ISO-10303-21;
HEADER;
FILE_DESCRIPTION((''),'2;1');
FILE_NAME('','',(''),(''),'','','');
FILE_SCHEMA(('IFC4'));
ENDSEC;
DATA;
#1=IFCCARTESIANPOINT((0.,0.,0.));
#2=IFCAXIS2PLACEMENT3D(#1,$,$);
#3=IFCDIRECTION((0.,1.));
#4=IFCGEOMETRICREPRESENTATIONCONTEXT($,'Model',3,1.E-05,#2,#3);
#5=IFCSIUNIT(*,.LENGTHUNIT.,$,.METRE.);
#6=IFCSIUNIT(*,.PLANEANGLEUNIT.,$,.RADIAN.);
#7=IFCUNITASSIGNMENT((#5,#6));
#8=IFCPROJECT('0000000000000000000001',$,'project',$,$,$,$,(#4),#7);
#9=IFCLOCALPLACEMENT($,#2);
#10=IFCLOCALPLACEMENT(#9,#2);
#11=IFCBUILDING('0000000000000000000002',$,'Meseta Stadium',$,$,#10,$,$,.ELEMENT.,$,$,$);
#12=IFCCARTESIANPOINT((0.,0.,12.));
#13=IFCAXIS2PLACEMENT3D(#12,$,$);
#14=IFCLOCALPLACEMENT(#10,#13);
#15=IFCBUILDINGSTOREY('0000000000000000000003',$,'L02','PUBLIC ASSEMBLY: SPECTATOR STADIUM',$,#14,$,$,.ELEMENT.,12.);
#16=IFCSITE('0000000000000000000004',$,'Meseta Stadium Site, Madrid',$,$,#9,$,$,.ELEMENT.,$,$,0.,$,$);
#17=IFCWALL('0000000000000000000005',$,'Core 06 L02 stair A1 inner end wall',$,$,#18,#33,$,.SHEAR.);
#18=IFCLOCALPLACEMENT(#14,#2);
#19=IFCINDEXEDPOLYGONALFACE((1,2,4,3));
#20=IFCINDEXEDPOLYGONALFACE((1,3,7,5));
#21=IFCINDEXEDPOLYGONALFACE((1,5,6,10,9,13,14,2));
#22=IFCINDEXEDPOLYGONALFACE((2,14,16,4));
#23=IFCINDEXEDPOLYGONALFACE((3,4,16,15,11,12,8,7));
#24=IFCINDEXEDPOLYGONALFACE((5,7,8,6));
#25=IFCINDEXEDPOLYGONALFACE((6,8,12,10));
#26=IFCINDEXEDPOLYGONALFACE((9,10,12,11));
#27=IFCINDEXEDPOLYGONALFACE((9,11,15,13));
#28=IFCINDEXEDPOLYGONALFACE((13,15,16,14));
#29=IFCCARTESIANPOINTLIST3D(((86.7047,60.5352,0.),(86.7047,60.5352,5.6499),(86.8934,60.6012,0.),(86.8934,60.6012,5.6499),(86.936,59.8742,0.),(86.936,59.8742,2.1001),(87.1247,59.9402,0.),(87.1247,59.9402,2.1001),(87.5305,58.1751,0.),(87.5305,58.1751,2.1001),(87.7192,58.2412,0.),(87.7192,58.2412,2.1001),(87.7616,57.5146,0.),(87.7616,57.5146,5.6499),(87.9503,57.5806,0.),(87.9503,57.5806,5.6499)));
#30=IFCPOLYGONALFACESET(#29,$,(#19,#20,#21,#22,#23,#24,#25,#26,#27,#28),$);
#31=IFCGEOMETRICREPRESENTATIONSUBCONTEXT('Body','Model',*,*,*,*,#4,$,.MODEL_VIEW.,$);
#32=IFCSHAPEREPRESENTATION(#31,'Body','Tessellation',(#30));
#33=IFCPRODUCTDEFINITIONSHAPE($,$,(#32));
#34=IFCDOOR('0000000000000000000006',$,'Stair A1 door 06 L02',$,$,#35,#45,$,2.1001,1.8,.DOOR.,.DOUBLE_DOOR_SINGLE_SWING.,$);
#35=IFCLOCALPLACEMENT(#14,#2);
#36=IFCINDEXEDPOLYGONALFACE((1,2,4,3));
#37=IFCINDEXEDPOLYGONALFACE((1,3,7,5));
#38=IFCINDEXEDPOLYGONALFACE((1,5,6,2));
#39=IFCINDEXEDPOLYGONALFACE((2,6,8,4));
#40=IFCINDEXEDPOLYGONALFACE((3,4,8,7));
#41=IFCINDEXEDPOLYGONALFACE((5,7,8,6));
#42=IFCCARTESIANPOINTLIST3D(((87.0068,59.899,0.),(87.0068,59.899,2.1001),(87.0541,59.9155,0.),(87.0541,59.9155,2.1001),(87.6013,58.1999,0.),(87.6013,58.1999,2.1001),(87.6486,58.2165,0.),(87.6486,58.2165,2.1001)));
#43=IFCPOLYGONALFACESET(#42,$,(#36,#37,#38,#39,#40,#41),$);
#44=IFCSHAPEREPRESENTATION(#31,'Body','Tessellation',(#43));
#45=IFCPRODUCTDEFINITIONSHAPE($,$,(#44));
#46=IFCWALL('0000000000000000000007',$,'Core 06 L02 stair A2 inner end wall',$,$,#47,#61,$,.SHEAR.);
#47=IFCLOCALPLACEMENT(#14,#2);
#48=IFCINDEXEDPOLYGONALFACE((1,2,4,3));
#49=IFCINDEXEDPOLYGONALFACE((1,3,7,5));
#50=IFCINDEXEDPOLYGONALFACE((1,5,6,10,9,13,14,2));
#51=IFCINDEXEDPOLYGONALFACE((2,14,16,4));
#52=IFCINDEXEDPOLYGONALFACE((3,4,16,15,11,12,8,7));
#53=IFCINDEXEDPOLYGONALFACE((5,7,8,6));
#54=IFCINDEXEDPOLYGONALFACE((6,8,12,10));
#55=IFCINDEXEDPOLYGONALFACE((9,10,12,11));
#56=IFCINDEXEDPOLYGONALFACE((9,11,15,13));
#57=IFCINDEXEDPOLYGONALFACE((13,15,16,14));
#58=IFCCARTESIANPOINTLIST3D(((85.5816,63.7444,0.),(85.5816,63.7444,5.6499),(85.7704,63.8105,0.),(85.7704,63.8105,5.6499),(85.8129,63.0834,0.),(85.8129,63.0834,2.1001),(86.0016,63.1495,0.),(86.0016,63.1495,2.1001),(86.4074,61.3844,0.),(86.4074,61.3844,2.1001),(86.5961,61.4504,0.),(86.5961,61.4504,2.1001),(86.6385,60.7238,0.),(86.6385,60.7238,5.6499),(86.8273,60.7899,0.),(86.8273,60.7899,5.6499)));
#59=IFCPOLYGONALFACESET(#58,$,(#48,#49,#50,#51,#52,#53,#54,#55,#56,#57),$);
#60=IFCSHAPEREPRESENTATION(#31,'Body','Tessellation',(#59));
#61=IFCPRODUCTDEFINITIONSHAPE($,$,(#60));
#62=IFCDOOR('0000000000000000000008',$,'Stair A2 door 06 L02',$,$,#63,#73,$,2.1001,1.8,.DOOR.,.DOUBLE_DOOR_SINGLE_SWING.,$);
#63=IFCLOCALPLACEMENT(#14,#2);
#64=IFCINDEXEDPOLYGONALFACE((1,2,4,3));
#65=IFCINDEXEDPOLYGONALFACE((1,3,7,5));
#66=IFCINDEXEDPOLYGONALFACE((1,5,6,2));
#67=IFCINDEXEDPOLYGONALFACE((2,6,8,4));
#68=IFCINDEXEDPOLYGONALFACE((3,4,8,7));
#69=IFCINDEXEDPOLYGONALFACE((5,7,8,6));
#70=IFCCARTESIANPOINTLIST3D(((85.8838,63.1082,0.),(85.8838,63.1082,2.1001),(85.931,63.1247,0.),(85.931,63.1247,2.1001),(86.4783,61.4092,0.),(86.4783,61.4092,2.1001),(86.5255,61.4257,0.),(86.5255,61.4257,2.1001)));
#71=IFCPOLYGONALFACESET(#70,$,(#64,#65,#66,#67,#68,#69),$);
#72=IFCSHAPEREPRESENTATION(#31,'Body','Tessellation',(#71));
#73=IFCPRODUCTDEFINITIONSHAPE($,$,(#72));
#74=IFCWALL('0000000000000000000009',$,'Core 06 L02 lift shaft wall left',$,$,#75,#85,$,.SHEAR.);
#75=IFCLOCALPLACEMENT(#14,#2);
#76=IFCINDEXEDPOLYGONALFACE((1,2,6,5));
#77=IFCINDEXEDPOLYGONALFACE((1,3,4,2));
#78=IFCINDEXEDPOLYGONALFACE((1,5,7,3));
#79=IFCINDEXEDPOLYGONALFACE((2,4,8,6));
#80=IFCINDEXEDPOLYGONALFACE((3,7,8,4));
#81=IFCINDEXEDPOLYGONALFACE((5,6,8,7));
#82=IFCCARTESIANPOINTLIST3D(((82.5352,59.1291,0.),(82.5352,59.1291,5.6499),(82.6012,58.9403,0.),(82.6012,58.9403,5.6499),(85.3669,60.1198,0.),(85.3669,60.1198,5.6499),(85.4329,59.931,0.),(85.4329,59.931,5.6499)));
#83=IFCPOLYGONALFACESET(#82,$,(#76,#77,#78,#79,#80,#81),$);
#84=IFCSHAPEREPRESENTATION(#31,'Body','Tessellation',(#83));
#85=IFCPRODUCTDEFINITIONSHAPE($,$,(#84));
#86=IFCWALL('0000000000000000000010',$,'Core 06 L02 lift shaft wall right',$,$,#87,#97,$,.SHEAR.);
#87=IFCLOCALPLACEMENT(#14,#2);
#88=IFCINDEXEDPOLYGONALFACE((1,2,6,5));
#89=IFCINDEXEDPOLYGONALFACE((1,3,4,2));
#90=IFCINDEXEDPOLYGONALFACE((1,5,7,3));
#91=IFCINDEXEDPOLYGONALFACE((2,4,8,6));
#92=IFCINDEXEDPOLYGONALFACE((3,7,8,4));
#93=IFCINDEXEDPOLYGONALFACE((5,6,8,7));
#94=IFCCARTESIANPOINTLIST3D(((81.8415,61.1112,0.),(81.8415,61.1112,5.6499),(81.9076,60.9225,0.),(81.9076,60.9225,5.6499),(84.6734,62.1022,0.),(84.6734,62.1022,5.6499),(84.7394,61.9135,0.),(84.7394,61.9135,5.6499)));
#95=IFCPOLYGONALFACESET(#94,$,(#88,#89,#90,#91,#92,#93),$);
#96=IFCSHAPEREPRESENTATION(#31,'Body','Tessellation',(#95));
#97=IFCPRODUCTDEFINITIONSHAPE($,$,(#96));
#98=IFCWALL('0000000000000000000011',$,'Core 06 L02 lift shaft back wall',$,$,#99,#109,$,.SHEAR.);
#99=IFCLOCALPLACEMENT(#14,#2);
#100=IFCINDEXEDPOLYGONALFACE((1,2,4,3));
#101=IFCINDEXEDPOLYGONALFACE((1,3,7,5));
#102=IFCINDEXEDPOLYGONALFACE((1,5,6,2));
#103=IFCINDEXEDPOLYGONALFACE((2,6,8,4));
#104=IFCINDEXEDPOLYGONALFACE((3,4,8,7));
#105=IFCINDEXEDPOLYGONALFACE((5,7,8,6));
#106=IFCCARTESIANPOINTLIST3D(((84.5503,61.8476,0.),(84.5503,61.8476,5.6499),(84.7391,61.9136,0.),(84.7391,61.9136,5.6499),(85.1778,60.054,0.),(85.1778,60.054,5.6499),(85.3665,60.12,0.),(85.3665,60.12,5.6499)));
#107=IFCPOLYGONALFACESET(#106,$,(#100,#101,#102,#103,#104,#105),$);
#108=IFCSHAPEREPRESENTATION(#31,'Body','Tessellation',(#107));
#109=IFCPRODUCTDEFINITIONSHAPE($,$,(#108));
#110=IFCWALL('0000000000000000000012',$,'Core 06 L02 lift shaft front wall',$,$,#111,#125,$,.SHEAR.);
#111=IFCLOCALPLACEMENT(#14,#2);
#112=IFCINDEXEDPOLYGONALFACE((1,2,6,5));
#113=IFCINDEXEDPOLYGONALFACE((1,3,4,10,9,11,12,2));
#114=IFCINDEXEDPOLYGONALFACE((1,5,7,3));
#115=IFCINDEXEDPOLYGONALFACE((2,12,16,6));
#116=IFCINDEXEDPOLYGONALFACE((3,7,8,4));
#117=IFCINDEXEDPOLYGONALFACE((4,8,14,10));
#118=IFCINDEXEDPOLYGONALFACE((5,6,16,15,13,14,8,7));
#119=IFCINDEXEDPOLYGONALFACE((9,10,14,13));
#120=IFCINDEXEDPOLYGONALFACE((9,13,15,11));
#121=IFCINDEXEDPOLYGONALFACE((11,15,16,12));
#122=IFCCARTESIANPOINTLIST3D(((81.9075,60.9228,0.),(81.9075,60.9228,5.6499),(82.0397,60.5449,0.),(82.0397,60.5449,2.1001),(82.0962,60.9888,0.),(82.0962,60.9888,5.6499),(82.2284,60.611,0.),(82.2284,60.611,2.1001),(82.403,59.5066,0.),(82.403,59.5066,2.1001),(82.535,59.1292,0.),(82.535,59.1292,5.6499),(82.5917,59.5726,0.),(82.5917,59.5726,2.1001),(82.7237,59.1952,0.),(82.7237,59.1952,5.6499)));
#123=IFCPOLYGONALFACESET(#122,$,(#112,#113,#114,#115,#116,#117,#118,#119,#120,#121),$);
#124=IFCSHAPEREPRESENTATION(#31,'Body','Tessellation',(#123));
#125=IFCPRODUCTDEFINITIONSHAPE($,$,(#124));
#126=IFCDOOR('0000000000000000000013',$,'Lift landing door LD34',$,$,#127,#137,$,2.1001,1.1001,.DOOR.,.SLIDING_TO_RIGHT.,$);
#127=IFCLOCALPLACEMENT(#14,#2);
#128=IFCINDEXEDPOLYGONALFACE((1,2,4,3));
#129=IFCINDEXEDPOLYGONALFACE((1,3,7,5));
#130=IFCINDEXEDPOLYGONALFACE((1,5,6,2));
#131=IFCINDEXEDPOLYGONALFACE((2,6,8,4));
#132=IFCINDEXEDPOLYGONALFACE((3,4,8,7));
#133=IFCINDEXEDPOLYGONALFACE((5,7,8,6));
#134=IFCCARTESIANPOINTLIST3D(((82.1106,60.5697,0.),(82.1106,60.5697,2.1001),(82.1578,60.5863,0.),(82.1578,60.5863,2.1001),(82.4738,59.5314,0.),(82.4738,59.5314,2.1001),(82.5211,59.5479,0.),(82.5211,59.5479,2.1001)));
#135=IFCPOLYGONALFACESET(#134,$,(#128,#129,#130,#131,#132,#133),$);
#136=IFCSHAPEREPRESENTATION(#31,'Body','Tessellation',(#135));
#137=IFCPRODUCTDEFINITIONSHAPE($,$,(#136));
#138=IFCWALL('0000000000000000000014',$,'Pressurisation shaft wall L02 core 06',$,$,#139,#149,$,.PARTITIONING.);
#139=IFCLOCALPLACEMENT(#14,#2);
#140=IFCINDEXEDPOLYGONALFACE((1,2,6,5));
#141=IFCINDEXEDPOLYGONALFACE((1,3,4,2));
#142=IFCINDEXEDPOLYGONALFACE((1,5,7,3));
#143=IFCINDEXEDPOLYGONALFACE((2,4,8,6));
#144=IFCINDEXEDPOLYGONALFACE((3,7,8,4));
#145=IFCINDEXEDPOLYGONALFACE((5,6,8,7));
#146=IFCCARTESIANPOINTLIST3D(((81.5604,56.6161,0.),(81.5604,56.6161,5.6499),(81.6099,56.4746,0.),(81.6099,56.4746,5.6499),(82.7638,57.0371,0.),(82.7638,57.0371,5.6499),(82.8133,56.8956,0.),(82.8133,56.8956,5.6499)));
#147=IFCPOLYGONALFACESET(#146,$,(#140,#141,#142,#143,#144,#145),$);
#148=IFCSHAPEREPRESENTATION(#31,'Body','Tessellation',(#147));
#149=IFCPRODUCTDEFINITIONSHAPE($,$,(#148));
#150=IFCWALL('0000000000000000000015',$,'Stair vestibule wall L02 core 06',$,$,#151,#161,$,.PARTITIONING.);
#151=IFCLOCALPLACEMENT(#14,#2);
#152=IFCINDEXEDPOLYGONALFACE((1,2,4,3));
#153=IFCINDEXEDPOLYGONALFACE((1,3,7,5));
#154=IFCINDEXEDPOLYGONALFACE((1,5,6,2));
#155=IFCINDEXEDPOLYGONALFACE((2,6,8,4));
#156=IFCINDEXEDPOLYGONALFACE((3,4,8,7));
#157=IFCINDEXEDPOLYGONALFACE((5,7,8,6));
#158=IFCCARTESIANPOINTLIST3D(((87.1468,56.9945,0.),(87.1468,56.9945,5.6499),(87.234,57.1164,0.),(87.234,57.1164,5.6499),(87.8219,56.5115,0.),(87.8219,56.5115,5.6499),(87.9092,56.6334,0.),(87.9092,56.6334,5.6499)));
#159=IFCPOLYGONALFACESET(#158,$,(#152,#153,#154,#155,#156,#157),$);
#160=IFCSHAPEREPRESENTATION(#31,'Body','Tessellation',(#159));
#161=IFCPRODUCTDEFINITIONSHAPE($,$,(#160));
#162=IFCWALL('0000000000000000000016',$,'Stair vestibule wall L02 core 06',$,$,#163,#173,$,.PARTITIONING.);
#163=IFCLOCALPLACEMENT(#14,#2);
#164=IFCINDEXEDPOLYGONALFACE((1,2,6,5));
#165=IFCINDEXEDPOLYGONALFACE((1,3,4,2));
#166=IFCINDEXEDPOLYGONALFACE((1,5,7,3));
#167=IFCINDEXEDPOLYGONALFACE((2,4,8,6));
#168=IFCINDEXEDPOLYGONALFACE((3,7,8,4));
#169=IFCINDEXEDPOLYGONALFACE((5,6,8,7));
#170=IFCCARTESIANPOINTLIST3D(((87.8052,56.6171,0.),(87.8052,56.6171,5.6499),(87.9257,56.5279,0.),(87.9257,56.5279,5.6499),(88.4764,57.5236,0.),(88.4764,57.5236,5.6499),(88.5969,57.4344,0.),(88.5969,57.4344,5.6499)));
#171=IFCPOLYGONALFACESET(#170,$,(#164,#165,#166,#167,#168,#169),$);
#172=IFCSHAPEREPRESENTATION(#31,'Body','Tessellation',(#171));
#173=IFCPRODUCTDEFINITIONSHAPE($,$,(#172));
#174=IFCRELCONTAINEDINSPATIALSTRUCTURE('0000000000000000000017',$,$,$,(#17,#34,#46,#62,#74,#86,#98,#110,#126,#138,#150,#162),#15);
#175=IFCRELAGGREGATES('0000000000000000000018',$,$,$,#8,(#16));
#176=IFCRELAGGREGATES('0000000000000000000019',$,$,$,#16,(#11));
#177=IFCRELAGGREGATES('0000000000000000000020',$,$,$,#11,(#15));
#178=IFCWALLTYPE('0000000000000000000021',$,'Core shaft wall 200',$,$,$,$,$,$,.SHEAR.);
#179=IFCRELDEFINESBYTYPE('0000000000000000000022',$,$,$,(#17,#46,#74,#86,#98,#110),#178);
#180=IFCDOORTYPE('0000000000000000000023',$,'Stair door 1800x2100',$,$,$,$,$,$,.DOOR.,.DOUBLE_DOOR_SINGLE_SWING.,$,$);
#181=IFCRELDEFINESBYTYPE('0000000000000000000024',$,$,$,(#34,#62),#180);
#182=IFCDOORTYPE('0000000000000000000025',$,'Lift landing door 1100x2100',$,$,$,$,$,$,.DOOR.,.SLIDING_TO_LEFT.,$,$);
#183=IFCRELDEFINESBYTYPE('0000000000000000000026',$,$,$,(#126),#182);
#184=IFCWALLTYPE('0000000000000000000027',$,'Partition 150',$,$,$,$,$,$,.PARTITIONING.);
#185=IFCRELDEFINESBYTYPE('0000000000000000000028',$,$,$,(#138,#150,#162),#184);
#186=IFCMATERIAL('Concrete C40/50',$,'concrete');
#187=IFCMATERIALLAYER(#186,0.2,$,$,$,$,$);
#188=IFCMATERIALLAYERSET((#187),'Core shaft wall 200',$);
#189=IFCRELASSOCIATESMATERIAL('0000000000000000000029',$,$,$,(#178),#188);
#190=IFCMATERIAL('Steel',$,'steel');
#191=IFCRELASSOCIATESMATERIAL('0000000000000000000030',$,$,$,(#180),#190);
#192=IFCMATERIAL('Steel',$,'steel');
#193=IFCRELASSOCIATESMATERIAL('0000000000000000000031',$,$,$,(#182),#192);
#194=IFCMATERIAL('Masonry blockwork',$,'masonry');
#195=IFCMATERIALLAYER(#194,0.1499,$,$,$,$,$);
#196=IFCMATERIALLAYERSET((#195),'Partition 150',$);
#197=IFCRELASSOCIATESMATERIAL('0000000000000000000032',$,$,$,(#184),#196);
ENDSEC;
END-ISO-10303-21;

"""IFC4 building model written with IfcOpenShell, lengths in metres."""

from ifc_helpers import new_model, si_unit, direction, frame, frame_2d, origin, place, context, subcontext, project, spatial, rectangle, extrude, material, layer, layer_set, type_object, element, fill, save


model = new_model("IFC4")

# Units and contexts
model_context = context("Model", 3, precision=1e-05, world=origin(), true_north=direction((0.0, 1.0)))
body_context = subcontext(model_context, "Body", "Model", "MODEL_VIEW")
ifc_project = project(units=[si_unit("LENGTHUNIT", "METRE"), si_unit("PLANEANGLEUNIT", "RADIAN")], contexts=[model_context])

# Site, building, storey
site_placement = place(None, origin())
site = spatial("IfcSite", under=ifc_project, at=site_placement, Name="Meseta Stadium Site, Madrid", CompositionType="ELEMENT", RefElevation=0.0)
building_placement = place(site_placement, origin())
building = spatial("IfcBuilding", under=site, at=building_placement, Name="Meseta Stadium", CompositionType="ELEMENT")
storey_placement = place(building_placement, frame((0.0, 0.0, 12.0)))
storey = spatial("IfcBuildingStorey", under=building, at=storey_placement, Name="L02", Description="PUBLIC ASSEMBLY: SPECTATOR STADIUM", CompositionType="ELEMENT", Elevation=12.0)

# Walls, openings, doors
ifc_material_1 = material(Name="Concrete C40/50", Category="concrete")
ifc_layer_1 = layer(ifc_material_1, 0.2)
ifc_layer_set_1 = layer_set([ifc_layer_1], Name="Core shaft wall 200")
wall_type_1 = type_object("IfcWallType", Name="Core shaft wall 200", PredefinedType="SHEAR", material=ifc_layer_set_1)
wall_1_placement = place(storey_placement, frame((87.856, 57.5476, 0.0), z_axis=(0.0, 0.0, 1.0), x_axis=(-0.330269, 0.943887, 0.0)))
wall_1 = element("IfcWall", 1, at=wall_1_placement, inside=storey, type_object=wall_type_1, Name="Core 06 L02 stair A1 inner end wall", PredefinedType="SHEAR", context=body_context, shape_type="SweptSolid", body=[
    extrude(rectangle(XDim=3.2002, YDim=0.2, at=frame_2d((1.6001, 0.0))), origin(), (0.0, 0.0, 1.0), 5.6499),
])
opening_1_placement = place(wall_1_placement, frame((0.7, 0.0, 0.0)))
opening_1 = element("IfcOpeningElement", 2, at=opening_1_placement, cuts=wall_1, PredefinedType="OPENING", context=body_context, shape_type="SweptSolid", body=[
    extrude(rectangle(XDim=1.8, YDim=2.1001, at=frame_2d((0.8999, 1.05))), frame((0.0, 0.1099, 0.0), z_axis=(0.0, -1.0, 0.0), x_axis=(1.0, 0.0, 0.0)), (0.0, 0.0, 1.0), 0.22),
])
ifc_material_2 = material(Name="Steel", Category="steel")
door_type_1 = type_object("IfcDoorType", Name="Stair door 1800x2100", OperationType="DOUBLE_DOOR_SINGLE_SWING", PredefinedType="DOOR", material=ifc_material_2)
door_1_placement = place(opening_1_placement, origin())
door_1 = element("IfcDoor", 3, at=door_1_placement, inside=storey, type_object=door_type_1, Name="Stair A1 door 06 L02", OperationType="DOUBLE_DOOR_SINGLE_SWING", OverallHeight=2.1001, OverallWidth=1.8, PredefinedType="DOOR", context=body_context, shape_type="SweptSolid", body=[
    extrude(rectangle(XDim=1.8, YDim=2.1001, at=frame_2d((0.8999, 1.05))), frame((0.0, 0.0249, 0.0), z_axis=(0.0, -1.0, 0.0), x_axis=(1.0, 0.0, 0.0)), (0.0, 0.0, 1.0), 0.05),
])
fill(opening_1, door_1)
wall_2_placement = place(storey_placement, frame((86.7329, 60.7568, 0.0), z_axis=(0.0, 0.0, 1.0), x_axis=(-0.330269, 0.943887, 0.0)))
wall_2 = element("IfcWall", 4, at=wall_2_placement, inside=storey, type_object=wall_type_1, Name="Core 06 L02 stair A2 inner end wall", PredefinedType="SHEAR", context=body_context, shape_type="SweptSolid", body=[
    extrude(rectangle(XDim=3.2002, YDim=0.2, at=frame_2d((1.6001, 0.0))), origin(), (0.0, 0.0, 1.0), 5.6499),
])
opening_2_placement = place(wall_2_placement, frame((0.7, 0.0, 0.0)))
opening_2 = element("IfcOpeningElement", 5, at=opening_2_placement, cuts=wall_2, PredefinedType="OPENING", context=body_context, shape_type="SweptSolid", body=[
    extrude(rectangle(XDim=1.8, YDim=2.1001, at=frame_2d((0.8999, 1.05))), frame((0.0, 0.1099, 0.0), z_axis=(0.0, -1.0, 0.0), x_axis=(1.0, 0.0, 0.0)), (0.0, 0.0, 1.0), 0.22),
])
door_2_placement = place(opening_2_placement, origin())
door_2 = element("IfcDoor", 6, at=door_2_placement, inside=storey, type_object=door_type_1, Name="Stair A2 door 06 L02", OperationType="DOUBLE_DOOR_SINGLE_SWING", OverallHeight=2.1001, OverallWidth=1.8, PredefinedType="DOOR", context=body_context, shape_type="SweptSolid", body=[
    extrude(rectangle(XDim=1.8, YDim=2.1001, at=frame_2d((0.8999, 1.05))), frame((0.0, 0.0249, 0.0), z_axis=(0.0, -1.0, 0.0), x_axis=(1.0, 0.0, 0.0)), (0.0, 0.0, 1.0), 0.05),
])
fill(opening_2, door_2)

# Walls
wall_3_placement = place(storey_placement, frame((85.3999, 60.0254, 0.0), z_axis=(0.0, 0.0, 1.0), x_axis=(-0.9439, -0.330231, 0.0)))
element("IfcWall", 7, at=wall_3_placement, inside=storey, type_object=wall_type_1, Name="Core 06 L02 lift shaft wall left", PredefinedType="SHEAR", context=body_context, shape_type="SweptSolid", body=[
    extrude(rectangle(XDim=3.0, YDim=0.2, at=frame_2d((1.5, 0.0))), origin(), (0.0, 0.0, 1.0), 5.6499),
])
wall_4_placement = place(storey_placement, frame((84.7063, 62.0078, 0.0), z_axis=(0.0, 0.0, 1.0), x_axis=(-0.943875, -0.330303, 0.0)))
element("IfcWall", 8, at=wall_4_placement, inside=storey, type_object=wall_type_1, Name="Core 06 L02 lift shaft wall right", PredefinedType="SHEAR", context=body_context, shape_type="SweptSolid", body=[
    extrude(rectangle(XDim=3.0002, YDim=0.2, at=frame_2d((1.5, 0.0))), origin(), (0.0, 0.0, 1.0), 5.6499),
])
wall_5_placement = place(storey_placement, frame((85.2722, 60.0869, 0.0), z_axis=(0.0, 0.0, 1.0), x_axis=(-0.330225, 0.943902, 0.0)))
element("IfcWall", 9, at=wall_5_placement, inside=storey, type_object=wall_type_1, Name="Core 06 L02 lift shaft back wall", PredefinedType="SHEAR", context=body_context, shape_type="SweptSolid", body=[
    extrude(rectangle(XDim=1.9001, YDim=0.2, at=frame_2d((0.9502, 0.0))), origin(), (0.0, 0.0, 1.0), 5.6499),
])

# Wall, opening, door
wall_6_placement = place(storey_placement, frame((82.6294, 59.1621, 0.0), z_axis=(0.0, 0.0, 1.0), x_axis=(-0.330225, 0.943902, 0.0)))
wall_6 = element("IfcWall", 10, at=wall_6_placement, inside=storey, type_object=wall_type_1, Name="Core 06 L02 lift shaft front wall", PredefinedType="SHEAR", context=body_context, shape_type="SweptSolid", body=[
    extrude(rectangle(XDim=1.9001, YDim=0.2, at=frame_2d((0.9502, 0.0))), origin(), (0.0, 0.0, 1.0), 5.6499),
])
opening_3_placement = place(wall_6_placement, frame((0.3999, 0.0, 0.0)))
opening_3 = element("IfcOpeningElement", 11, at=opening_3_placement, cuts=wall_6, PredefinedType="OPENING", context=body_context, shape_type="SweptSolid", body=[
    extrude(rectangle(XDim=1.1001, YDim=2.1001, at=frame_2d((0.55, 1.05))), frame((0.0, 0.1099, 0.0), z_axis=(0.0, -1.0, 0.0), x_axis=(1.0, 0.0, 0.0)), (0.0, 0.0, 1.0), 0.22),
])
ifc_material_3 = material(Name="Steel", Category="steel")
door_type_2 = type_object("IfcDoorType", Name="Lift landing door 1100x2100", OperationType="SLIDING_TO_LEFT", PredefinedType="DOOR", material=ifc_material_3)
door_3_placement = place(opening_3_placement, origin())
door_3 = element("IfcDoor", 12, at=door_3_placement, inside=storey, type_object=door_type_2, Name="Lift landing door LD34", OperationType="SLIDING_TO_RIGHT", OverallHeight=2.1001, OverallWidth=1.1001, PredefinedType="DOOR", context=body_context, shape_type="SweptSolid", body=[
    extrude(rectangle(XDim=1.1001, YDim=2.1001, at=frame_2d((0.55, 1.05))), frame((0.0, 0.0249, 0.0), z_axis=(0.0, -1.0, 0.0), x_axis=(1.0, 0.0, 0.0)), (0.0, 0.0, 1.0), 0.05),
])
fill(opening_3, door_3)

# Walls
ifc_material_4 = material(Name="Masonry blockwork", Category="masonry")
ifc_layer_2 = layer(ifc_material_4, 0.1499)
ifc_layer_set_2 = layer_set([ifc_layer_2], Name="Partition 150")
wall_type_2 = type_object("IfcWallType", Name="Partition 150", PredefinedType="PARTITIONING", material=ifc_layer_set_2)
wall_7_placement = place(storey_placement, frame((82.7886, 56.9663, 0.0), z_axis=(0.0, 0.0, 1.0), x_axis=(-0.943927, -0.330154, 0.0)))
element("IfcWall", 13, at=wall_7_placement, inside=storey, type_object=wall_type_2, Name="Pressurisation shaft wall L02 core 06", PredefinedType="PARTITIONING", context=body_context, shape_type="SweptSolid", body=[
    extrude(rectangle(XDim=1.2749, YDim=0.1499, at=frame_2d((0.6375, 0.0))), origin(), (0.0, 0.0, 1.0), 5.6499),
])
wall_8_placement = place(storey_placement, frame((87.1904, 57.0554, 0.0), z_axis=(0.0, 0.0, 1.0), x_axis=(0.813316, -0.581822, 0.0)))
element("IfcWall", 14, at=wall_8_placement, inside=storey, type_object=wall_type_2, Name="Stair vestibule wall L02 core 06", PredefinedType="PARTITIONING", context=body_context, shape_type="SweptSolid", body=[
    extrude(rectangle(XDim=0.8301, YDim=0.1499, at=frame_2d((0.415, 0.0))), origin(), (0.0, 0.0, 1.0), 5.6499),
])
wall_9_placement = place(storey_placement, frame((87.8655, 56.5725, 0.0), z_axis=(0.0, 0.0, 1.0), x_axis=(0.595036, 0.803699, 0.0)))
element("IfcWall", 15, at=wall_9_placement, inside=storey, type_object=wall_type_2, Name="Stair vestibule wall L02 core 06", PredefinedType="PARTITIONING", context=body_context, shape_type="SweptSolid", body=[
    extrude(rectangle(XDim=1.1279, YDim=0.1499, at=frame_2d((0.564, 0.0))), origin(), (0.0, 0.0, 1.0), 5.6499),
])

save(model, "model.ifc")
